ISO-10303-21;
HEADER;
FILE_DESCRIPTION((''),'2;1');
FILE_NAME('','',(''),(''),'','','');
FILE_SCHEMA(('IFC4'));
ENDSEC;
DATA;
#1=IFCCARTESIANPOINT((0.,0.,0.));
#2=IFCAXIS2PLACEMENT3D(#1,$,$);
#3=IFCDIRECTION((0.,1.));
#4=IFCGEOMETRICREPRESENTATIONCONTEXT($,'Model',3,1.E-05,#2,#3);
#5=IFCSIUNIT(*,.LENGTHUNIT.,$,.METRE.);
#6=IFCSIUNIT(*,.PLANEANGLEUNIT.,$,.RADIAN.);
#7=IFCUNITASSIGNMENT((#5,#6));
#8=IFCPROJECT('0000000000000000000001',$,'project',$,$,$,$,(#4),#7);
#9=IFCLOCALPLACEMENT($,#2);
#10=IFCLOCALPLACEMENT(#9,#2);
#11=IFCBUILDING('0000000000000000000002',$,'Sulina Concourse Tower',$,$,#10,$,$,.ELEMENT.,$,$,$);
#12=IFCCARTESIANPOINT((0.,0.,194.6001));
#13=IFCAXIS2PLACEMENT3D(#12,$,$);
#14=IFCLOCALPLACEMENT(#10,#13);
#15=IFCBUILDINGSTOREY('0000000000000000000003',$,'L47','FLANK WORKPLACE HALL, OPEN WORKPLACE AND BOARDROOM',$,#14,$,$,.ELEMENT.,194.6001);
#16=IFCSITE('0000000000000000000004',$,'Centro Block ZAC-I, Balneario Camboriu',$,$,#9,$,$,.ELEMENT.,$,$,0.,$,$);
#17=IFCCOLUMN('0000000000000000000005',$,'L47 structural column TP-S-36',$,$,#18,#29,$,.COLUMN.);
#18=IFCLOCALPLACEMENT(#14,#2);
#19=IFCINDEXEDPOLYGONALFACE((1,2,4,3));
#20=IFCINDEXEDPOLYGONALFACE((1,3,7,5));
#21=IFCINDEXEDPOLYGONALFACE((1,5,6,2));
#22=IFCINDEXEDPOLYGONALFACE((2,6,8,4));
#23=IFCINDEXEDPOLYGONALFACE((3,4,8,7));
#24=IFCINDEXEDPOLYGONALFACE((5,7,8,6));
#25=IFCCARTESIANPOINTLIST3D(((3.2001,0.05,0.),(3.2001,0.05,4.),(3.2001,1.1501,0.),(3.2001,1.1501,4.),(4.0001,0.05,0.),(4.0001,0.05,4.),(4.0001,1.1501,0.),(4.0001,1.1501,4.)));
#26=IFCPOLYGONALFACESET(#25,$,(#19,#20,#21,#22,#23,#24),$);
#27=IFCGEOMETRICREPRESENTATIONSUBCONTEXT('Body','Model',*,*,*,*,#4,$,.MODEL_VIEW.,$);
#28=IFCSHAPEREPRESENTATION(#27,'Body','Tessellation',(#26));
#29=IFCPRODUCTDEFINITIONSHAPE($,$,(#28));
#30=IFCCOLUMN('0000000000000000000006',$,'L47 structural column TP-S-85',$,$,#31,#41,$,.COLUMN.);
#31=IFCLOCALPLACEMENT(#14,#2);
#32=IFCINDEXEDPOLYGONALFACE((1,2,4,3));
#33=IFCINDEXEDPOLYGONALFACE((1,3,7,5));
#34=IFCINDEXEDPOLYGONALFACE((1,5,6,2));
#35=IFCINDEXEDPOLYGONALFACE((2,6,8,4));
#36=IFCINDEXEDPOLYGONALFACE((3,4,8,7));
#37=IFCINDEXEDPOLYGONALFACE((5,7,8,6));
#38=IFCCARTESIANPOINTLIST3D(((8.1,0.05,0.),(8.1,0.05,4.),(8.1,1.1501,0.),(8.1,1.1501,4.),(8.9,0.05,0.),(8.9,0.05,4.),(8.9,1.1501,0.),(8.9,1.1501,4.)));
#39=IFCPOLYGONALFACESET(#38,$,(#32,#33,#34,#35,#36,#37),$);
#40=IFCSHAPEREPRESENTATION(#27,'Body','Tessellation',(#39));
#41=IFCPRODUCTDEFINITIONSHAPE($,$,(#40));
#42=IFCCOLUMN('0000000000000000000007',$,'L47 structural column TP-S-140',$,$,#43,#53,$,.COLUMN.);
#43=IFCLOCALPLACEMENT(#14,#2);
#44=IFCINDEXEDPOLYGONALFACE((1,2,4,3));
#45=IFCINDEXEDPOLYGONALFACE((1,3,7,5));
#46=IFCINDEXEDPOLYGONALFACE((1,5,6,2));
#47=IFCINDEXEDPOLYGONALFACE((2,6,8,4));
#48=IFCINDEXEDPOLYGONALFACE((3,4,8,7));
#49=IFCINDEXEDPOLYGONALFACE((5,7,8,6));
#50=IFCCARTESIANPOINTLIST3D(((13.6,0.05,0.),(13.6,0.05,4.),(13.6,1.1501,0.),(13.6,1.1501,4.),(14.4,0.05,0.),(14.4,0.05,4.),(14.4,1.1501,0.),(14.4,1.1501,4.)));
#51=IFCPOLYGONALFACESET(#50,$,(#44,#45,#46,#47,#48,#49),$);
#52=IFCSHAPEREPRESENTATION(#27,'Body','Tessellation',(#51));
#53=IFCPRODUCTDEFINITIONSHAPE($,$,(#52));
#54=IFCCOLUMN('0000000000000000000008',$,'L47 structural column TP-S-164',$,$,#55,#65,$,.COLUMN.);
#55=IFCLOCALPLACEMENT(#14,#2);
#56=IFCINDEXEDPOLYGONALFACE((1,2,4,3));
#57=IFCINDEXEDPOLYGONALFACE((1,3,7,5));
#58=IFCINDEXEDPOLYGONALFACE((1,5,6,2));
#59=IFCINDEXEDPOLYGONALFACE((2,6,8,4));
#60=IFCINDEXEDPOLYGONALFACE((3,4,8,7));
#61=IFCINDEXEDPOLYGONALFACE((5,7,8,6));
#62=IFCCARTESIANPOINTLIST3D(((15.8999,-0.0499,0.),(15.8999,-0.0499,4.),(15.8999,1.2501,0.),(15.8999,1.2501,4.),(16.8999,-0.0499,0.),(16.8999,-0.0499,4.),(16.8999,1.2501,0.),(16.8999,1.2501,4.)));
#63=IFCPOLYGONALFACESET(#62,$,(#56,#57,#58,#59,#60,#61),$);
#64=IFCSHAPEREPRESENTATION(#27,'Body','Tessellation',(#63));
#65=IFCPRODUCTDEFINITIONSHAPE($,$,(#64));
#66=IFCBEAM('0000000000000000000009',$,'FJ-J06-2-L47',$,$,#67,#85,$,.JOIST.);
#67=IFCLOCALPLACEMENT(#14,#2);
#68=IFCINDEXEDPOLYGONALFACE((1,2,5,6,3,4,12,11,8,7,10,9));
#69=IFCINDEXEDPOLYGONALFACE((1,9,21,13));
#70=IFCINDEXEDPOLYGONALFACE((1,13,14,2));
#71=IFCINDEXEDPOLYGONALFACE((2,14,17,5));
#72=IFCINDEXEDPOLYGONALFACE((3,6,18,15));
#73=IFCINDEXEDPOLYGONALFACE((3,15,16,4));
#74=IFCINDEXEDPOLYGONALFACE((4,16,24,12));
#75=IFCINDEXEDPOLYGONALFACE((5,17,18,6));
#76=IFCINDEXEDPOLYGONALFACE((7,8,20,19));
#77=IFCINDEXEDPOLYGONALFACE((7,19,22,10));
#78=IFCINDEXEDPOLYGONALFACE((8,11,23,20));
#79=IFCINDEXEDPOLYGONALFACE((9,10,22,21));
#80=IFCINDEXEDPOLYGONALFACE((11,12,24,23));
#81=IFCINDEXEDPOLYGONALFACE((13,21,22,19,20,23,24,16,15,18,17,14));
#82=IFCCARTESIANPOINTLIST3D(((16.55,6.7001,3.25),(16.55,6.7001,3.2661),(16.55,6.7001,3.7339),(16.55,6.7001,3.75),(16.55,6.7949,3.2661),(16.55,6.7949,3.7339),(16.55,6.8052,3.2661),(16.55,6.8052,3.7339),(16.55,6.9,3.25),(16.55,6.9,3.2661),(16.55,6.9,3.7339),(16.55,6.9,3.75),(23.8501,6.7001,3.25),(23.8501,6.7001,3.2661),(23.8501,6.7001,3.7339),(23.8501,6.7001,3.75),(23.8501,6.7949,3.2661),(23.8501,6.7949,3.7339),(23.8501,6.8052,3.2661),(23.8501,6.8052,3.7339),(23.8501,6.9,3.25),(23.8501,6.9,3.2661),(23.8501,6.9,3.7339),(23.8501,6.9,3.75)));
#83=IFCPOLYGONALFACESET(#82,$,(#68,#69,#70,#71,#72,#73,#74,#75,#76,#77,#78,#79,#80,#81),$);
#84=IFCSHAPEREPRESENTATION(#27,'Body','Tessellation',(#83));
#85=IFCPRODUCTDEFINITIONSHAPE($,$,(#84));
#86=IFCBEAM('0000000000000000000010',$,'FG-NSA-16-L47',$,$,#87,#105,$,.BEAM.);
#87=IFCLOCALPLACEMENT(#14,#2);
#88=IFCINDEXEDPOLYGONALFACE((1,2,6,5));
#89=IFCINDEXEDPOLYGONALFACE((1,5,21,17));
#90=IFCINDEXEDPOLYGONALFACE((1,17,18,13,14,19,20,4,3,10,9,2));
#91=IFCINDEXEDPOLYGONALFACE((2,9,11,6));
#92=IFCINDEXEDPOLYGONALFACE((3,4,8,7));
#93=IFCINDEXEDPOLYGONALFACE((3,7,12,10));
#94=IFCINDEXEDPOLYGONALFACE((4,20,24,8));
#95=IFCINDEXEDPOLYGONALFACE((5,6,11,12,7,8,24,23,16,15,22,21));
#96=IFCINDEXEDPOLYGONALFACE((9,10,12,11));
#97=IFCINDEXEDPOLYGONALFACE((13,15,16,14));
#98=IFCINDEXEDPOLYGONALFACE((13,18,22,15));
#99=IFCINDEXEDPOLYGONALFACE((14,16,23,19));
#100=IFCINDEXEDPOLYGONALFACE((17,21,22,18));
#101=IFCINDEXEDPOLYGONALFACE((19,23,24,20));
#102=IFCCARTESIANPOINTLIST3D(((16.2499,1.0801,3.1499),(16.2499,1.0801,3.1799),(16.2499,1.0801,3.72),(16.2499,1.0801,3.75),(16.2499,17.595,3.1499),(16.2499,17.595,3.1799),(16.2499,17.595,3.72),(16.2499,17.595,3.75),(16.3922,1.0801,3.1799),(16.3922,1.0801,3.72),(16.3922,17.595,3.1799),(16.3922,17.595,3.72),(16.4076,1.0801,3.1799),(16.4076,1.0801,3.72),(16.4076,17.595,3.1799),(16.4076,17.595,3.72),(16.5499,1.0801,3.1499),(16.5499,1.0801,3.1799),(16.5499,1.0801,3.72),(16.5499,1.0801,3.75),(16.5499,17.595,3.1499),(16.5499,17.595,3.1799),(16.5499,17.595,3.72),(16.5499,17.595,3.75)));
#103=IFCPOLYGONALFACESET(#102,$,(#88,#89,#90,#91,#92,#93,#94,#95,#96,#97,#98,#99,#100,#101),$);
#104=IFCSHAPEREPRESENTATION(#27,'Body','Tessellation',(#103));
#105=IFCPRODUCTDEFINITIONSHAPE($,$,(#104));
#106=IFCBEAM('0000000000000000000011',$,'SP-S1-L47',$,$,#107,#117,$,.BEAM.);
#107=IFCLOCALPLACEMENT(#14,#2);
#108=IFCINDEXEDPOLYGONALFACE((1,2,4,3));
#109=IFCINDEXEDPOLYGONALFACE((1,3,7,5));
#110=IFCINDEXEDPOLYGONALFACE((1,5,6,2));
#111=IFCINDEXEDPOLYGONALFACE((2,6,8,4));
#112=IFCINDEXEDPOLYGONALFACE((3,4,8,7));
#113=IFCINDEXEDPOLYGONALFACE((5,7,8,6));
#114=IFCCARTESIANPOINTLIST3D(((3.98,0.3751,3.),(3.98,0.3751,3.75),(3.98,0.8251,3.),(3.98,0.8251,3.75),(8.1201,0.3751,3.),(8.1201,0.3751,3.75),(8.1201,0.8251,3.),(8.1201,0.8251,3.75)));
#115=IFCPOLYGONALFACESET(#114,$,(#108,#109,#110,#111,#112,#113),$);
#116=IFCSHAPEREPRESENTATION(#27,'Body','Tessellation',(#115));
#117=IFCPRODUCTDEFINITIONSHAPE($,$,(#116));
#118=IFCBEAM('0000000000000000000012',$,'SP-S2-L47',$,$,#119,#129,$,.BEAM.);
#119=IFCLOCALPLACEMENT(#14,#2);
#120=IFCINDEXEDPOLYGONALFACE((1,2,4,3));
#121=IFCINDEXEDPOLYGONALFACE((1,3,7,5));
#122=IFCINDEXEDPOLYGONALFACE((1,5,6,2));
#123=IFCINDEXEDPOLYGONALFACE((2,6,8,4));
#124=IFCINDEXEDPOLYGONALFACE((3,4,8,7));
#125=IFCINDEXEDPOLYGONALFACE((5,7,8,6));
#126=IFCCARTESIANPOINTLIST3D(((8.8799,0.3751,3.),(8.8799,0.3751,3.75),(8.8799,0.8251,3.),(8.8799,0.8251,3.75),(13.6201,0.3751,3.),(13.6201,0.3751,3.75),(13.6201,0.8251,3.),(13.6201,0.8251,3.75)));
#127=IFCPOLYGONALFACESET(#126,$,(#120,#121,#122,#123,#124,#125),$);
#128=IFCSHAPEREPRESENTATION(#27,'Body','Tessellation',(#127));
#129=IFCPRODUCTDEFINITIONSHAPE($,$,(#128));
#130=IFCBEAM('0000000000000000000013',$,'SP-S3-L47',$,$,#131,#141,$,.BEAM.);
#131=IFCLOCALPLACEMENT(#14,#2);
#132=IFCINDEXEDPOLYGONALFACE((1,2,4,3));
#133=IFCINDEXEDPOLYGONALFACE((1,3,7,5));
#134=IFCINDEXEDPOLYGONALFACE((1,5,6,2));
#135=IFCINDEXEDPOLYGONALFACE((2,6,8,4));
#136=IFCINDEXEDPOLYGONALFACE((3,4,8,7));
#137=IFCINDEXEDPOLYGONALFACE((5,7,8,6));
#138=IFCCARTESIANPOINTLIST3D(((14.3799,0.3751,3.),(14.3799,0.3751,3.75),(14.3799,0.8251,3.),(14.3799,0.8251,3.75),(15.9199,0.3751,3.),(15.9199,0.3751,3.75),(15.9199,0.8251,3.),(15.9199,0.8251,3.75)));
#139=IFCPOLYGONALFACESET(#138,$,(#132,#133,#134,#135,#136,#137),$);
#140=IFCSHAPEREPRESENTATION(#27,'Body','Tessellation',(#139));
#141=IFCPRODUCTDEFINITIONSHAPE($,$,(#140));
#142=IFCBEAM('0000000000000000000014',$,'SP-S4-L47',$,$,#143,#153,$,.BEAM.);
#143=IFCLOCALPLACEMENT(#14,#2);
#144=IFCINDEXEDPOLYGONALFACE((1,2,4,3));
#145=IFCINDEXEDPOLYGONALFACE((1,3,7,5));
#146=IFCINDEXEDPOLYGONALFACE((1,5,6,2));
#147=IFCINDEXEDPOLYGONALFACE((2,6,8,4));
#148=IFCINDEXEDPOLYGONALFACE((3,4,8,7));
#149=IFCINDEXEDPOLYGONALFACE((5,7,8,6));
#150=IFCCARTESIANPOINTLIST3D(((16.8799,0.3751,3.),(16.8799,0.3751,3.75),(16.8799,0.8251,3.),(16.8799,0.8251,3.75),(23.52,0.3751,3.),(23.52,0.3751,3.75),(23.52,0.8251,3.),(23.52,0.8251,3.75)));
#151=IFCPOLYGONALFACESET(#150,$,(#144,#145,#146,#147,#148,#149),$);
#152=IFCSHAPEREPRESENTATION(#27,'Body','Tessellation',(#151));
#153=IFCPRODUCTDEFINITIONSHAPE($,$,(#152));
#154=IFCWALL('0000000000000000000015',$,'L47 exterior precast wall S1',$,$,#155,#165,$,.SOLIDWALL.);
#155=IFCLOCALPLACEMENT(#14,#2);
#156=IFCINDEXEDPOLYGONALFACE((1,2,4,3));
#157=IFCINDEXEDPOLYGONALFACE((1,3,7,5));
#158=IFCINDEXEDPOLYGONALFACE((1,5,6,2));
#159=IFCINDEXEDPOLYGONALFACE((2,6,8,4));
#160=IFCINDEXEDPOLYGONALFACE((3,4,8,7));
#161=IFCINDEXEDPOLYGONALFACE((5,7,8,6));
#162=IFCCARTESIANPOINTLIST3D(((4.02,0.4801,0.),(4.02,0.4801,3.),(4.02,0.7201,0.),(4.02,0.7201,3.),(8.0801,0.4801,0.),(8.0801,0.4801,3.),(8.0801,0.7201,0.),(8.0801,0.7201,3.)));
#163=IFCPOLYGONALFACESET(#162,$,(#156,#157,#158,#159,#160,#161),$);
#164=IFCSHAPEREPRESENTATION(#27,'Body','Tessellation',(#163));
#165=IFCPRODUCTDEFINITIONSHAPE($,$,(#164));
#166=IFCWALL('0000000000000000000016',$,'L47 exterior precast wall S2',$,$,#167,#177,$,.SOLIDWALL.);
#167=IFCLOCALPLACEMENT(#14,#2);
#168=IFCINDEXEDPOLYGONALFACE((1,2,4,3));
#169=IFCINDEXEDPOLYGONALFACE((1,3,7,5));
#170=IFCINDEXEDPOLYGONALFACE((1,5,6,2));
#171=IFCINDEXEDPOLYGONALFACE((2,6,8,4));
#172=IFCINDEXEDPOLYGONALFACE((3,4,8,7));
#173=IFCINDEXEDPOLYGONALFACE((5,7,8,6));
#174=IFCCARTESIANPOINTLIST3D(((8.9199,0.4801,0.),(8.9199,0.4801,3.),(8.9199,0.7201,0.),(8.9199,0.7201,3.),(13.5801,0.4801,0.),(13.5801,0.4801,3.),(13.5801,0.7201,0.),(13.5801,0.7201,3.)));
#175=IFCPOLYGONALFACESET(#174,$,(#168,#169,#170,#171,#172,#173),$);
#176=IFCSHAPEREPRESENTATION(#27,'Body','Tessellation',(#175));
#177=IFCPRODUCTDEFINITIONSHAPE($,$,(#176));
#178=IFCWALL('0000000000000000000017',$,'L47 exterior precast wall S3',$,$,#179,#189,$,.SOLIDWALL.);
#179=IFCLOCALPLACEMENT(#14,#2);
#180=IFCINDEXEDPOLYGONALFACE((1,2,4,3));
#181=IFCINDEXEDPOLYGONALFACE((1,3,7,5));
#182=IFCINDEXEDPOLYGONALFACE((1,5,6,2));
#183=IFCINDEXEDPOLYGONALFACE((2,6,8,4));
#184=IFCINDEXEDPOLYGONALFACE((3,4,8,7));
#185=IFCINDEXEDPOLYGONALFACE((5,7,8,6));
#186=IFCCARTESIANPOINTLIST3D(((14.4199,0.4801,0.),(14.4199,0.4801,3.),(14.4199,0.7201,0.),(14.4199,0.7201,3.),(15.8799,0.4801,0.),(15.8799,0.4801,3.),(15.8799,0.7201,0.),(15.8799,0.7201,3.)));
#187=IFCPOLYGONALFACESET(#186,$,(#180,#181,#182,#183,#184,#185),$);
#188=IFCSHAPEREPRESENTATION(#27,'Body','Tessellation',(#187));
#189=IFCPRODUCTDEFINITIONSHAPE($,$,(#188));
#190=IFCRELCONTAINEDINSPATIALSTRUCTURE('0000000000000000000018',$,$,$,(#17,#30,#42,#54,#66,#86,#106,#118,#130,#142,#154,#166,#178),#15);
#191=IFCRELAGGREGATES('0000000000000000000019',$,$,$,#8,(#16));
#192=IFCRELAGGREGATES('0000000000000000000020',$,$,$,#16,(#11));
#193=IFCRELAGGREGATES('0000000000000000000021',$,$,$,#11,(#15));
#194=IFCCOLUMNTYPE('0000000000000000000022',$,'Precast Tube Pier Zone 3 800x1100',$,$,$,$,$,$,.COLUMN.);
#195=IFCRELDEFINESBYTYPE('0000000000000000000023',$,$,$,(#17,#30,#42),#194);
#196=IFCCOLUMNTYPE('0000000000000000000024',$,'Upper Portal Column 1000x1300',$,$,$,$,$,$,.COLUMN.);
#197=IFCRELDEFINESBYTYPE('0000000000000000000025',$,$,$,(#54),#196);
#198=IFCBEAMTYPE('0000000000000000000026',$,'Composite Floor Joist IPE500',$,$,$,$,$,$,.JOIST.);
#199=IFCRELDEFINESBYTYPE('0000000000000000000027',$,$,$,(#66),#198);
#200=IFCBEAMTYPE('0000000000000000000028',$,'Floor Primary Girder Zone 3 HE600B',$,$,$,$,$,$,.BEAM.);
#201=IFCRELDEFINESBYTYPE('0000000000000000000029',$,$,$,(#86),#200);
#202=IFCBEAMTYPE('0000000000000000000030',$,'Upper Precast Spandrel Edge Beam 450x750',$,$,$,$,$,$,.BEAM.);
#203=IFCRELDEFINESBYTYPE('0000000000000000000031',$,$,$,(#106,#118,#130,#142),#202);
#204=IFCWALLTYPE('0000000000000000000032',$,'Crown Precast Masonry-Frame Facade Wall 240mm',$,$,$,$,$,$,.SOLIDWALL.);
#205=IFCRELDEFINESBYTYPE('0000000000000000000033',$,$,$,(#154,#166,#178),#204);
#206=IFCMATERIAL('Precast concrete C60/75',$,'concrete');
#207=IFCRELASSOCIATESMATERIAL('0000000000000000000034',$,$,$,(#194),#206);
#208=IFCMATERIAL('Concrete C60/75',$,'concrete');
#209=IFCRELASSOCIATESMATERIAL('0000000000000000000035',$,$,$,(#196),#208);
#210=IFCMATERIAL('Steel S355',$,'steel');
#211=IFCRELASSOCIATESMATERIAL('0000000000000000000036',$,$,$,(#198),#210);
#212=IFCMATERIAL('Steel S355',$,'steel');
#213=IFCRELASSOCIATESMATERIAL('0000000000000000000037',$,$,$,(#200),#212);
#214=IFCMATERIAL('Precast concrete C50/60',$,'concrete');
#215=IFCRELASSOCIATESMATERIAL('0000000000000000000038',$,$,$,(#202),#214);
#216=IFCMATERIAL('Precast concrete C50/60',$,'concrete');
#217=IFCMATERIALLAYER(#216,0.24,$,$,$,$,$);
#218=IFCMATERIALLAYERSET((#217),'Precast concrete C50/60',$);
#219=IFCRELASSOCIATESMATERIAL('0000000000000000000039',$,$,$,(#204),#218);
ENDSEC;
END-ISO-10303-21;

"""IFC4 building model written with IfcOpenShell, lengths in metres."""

from ifc_helpers import new_model, si_unit, direction, frame, frame_2d, origin, origin_2d, place, context, subcontext, project, spatial, rectangle, i_section, extrude, material, layer, layer_set, material_profile, profile_set, type_object, element, save


model = new_model("IFC4")

# Units and contexts
model_context = context("Model", 3, precision=1e-05, world=origin(), true_north=direction((0.0, 1.0)))
body_context = subcontext(model_context, "Body", "Model", "MODEL_VIEW")
ifc_project = project(units=[si_unit("LENGTHUNIT", "METRE"), si_unit("PLANEANGLEUNIT", "RADIAN")], contexts=[model_context])

# Site, building, storey
site_placement = place(None, origin())
site = spatial("IfcSite", under=ifc_project, at=site_placement, Name="Centro Block ZAC-I, Balneario Camboriu", CompositionType="ELEMENT", RefElevation=0.0)
building_placement = place(site_placement, origin())
building = spatial("IfcBuilding", under=site, at=building_placement, Name="Sulina Concourse Tower", CompositionType="ELEMENT")
storey_placement = place(building_placement, frame((0.0, 0.0, 194.6001)))
storey = spatial("IfcBuildingStorey", under=building, at=storey_placement, Name="L47", Description="FLANK WORKPLACE HALL, OPEN WORKPLACE AND BOARDROOM", CompositionType="ELEMENT", Elevation=194.6001)

# Columns
ifc_material_1 = material(Name="Precast concrete C60/75", Category="concrete")
ifc_material_profile_1 = material_profile(ifc_material_1, rectangle(XDim=0.8, YDim=1.1001, at=origin_2d()), Name="PC 800x1100")
ifc_profile_set_1 = profile_set([ifc_material_profile_1], Name="Precast concrete C60/75")
column_type_1 = type_object("IfcColumnType", Name="Precast Tube Pier Zone 3 800x1100", PredefinedType="COLUMN", material=ifc_profile_set_1)
for number, where, z_axis, x_axis, name in (
    (1, (3.6001, 0.6001, 0.0), (0.0, 0.0, 1.0), (1.0, 0.0, 0.0), "L47 structural column TP-S-36"),
    (2, (8.5, 0.6001, 0.0), (0.0, 0.0, 1.0), (1.0, 0.0, 0.0), "L47 structural column TP-S-85"),
    (3, (14.0, 0.6001, 0.0), (0.0, 0.0, 1.0), (1.0, 0.0, 0.0), "L47 structural column TP-S-140"),
):
    element("IfcColumn", number, at=place(storey_placement, frame(where, z_axis=z_axis, x_axis=x_axis)), inside=storey, type_object=column_type_1, Name=name, PredefinedType="COLUMN", context=body_context, shape_type="SweptSolid", body=[
        extrude(rectangle(XDim=0.8, YDim=1.1001, at=origin_2d()), origin(), (0.0, 0.0, 1.0), 4.0),
    ])
ifc_material_2 = material(Name="Concrete C60/75", Category="concrete")
ifc_material_profile_2 = material_profile(ifc_material_2, rectangle(XDim=1.0, YDim=1.3, at=origin_2d()), Name="RC 1000x1300")
ifc_profile_set_2 = profile_set([ifc_material_profile_2], Name="Concrete C60/75")
column_type_2 = type_object("IfcColumnType", Name="Upper Portal Column 1000x1300", PredefinedType="COLUMN", material=ifc_profile_set_2)
column_placement = place(storey_placement, frame((16.3999, 0.6001, 0.0), z_axis=(0.0, 0.0, 1.0), x_axis=(1.0, 0.0, 0.0)))
element("IfcColumn", 4, at=column_placement, inside=storey, type_object=column_type_2, Name="L47 structural column TP-S-164", PredefinedType="COLUMN", context=body_context, shape_type="SweptSolid", body=[
    extrude(rectangle(XDim=1.0, YDim=1.3, at=origin_2d()), origin(), (0.0, 0.0, 1.0), 4.0),
])

# Beams
ifc_material_3 = material(Name="Steel S355", Category="steel")
ifc_material_profile_3 = material_profile(ifc_material_3, i_section(OverallWidth=0.2, OverallDepth=0.5, WebThickness=0.0103, FlangeThickness=0.0161, at=origin_2d()), Name="IPE 500")
ifc_profile_set_3 = profile_set([ifc_material_profile_3], Name="Steel S355")
beam_type_1 = type_object("IfcBeamType", Name="Composite Floor Joist IPE500", PredefinedType="JOIST", material=ifc_profile_set_3)
beam_1_placement = place(storey_placement, frame((16.55, 6.8, 3.5), z_axis=(1.0, 0.0, 0.0), x_axis=(0.0, 1.0, 0.0)))
element("IfcBeam", 5, at=beam_1_placement, inside=storey, type_object=beam_type_1, Name="FJ-J06-2-L47", PredefinedType="JOIST", context=body_context, shape_type="SweptSolid", body=[
    extrude(i_section(OverallWidth=0.2, OverallDepth=0.5, WebThickness=0.0103, FlangeThickness=0.0161, at=origin_2d()), origin(), (0.0, 0.0, 1.0), 7.3),
])
ifc_material_4 = material(Name="Steel S355", Category="steel")
ifc_material_profile_4 = material_profile(ifc_material_4, i_section(OverallWidth=0.3, OverallDepth=0.6001, WebThickness=0.0154, FlangeThickness=0.03, at=origin_2d()), Name="HE 600 B")
ifc_profile_set_4 = profile_set([ifc_material_profile_4], Name="Steel S355")
beam_type_2 = type_object("IfcBeamType", Name="Floor Primary Girder Zone 3 HE600B", PredefinedType="BEAM", material=ifc_profile_set_4)
beam_2_placement = place(storey_placement, frame((16.3999, 1.0801, 3.45), z_axis=(0.0, 1.0, 0.0), x_axis=(-1.0, 0.0, 0.0)))
element("IfcBeam", 6, at=beam_2_placement, inside=storey, type_object=beam_type_2, Name="FG-NSA-16-L47", PredefinedType="BEAM", context=body_context, shape_type="SweptSolid", body=[
    extrude(i_section(OverallWidth=0.3, OverallDepth=0.6001, WebThickness=0.0154, FlangeThickness=0.03, at=origin_2d()), origin(), (0.0, 0.0, 1.0), 16.5149),
])
ifc_material_5 = material(Name="Precast concrete C50/60", Category="concrete")
ifc_material_profile_5 = material_profile(ifc_material_5, rectangle(XDim=0.45, YDim=0.75, at=origin_2d()), Name="RC 450x750")
ifc_profile_set_5 = profile_set([ifc_material_profile_5], Name="Precast concrete C50/60")
beam_type_3 = type_object("IfcBeamType", Name="Upper Precast Spandrel Edge Beam 450x750", PredefinedType="BEAM", material=ifc_profile_set_5)
beam_3_placement = place(storey_placement, frame((3.98, 0.6001, 3.375), z_axis=(1.0, 0.0, 0.0), x_axis=(0.0, 1.0, 0.0)))
element("IfcBeam", 7, at=beam_3_placement, inside=storey, type_object=beam_type_3, Name="SP-S1-L47", PredefinedType="BEAM", context=body_context, shape_type="SweptSolid", body=[
    extrude(rectangle(XDim=0.45, YDim=0.75, at=origin_2d()), origin(), (0.0, 0.0, 1.0), 4.1401),
])
beam_4_placement = place(storey_placement, frame((8.8799, 0.6001, 3.375), z_axis=(1.0, 0.0, 0.0), x_axis=(0.0, 1.0, 0.0)))
element("IfcBeam", 8, at=beam_4_placement, inside=storey, type_object=beam_type_3, Name="SP-S2-L47", PredefinedType="BEAM", context=body_context, shape_type="SweptSolid", body=[
    extrude(rectangle(XDim=0.45, YDim=0.75, at=origin_2d()), origin(), (0.0, 0.0, 1.0), 4.7402),
])
beam_5_placement = place(storey_placement, frame((14.3799, 0.6001, 3.375), z_axis=(1.0, 0.0, 0.0), x_axis=(0.0, 1.0, 0.0)))
element("IfcBeam", 9, at=beam_5_placement, inside=storey, type_object=beam_type_3, Name="SP-S3-L47", PredefinedType="BEAM", context=body_context, shape_type="SweptSolid", body=[
    extrude(rectangle(XDim=0.45, YDim=0.75, at=origin_2d()), origin(), (0.0, 0.0, 1.0), 1.54),
])
beam_6_placement = place(storey_placement, frame((16.8799, 0.6001, 3.375), z_axis=(1.0, 0.0, 0.0), x_axis=(0.0, 1.0, 0.0)))
element("IfcBeam", 10, at=beam_6_placement, inside=storey, type_object=beam_type_3, Name="SP-S4-L47", PredefinedType="BEAM", context=body_context, shape_type="SweptSolid", body=[
    extrude(rectangle(XDim=0.45, YDim=0.75, at=origin_2d()), origin(), (0.0, 0.0, 1.0), 6.6401),
])

# Walls
ifc_material_6 = material(Name="Precast concrete C50/60", Category="concrete")
ifc_layer_1 = layer(ifc_material_6, 0.24)
ifc_layer_set_1 = layer_set([ifc_layer_1], Name="Precast concrete C50/60")
wall_type_1 = type_object("IfcWallType", Name="Crown Precast Masonry-Frame Facade Wall 240mm", PredefinedType="SOLIDWALL", material=ifc_layer_set_1)
wall_1_placement = place(storey_placement, frame((8.0801, 0.6001, 0.0), z_axis=(0.0, 0.0, 1.0), x_axis=(-1.0, 0.0, 0.0)))
element("IfcWall", 11, at=wall_1_placement, inside=storey, type_object=wall_type_1, Name="L47 exterior precast wall S1", PredefinedType="SOLIDWALL", context=body_context, shape_type="SweptSolid", body=[
    extrude(rectangle(XDim=4.0601, YDim=0.24, at=frame_2d((2.03, 0.0))), origin(), (0.0, 0.0, 1.0), 3.0),
])
wall_2_placement = place(storey_placement, frame((13.5801, 0.6001, 0.0), z_axis=(0.0, 0.0, 1.0), x_axis=(-1.0, 0.0, 0.0)))
element("IfcWall", 12, at=wall_2_placement, inside=storey, type_object=wall_type_1, Name="L47 exterior precast wall S2", PredefinedType="SOLIDWALL", context=body_context, shape_type="SweptSolid", body=[
    extrude(rectangle(XDim=4.6602, YDim=0.24, at=frame_2d((2.3301, 0.0))), origin(), (0.0, 0.0, 1.0), 3.0),
])
wall_3_placement = place(storey_placement, frame((15.8799, 0.6001, 0.0), z_axis=(0.0, 0.0, 1.0), x_axis=(-1.0, 0.0, 0.0)))
element("IfcWall", 13, at=wall_3_placement, inside=storey, type_object=wall_type_1, Name="L47 exterior precast wall S3", PredefinedType="SOLIDWALL", context=body_context, shape_type="SweptSolid", body=[
    extrude(rectangle(XDim=1.46, YDim=0.24, at=frame_2d((0.73, 0.0))), origin(), (0.0, 0.0, 1.0), 3.0),
])

save(model, "model.ifc")
